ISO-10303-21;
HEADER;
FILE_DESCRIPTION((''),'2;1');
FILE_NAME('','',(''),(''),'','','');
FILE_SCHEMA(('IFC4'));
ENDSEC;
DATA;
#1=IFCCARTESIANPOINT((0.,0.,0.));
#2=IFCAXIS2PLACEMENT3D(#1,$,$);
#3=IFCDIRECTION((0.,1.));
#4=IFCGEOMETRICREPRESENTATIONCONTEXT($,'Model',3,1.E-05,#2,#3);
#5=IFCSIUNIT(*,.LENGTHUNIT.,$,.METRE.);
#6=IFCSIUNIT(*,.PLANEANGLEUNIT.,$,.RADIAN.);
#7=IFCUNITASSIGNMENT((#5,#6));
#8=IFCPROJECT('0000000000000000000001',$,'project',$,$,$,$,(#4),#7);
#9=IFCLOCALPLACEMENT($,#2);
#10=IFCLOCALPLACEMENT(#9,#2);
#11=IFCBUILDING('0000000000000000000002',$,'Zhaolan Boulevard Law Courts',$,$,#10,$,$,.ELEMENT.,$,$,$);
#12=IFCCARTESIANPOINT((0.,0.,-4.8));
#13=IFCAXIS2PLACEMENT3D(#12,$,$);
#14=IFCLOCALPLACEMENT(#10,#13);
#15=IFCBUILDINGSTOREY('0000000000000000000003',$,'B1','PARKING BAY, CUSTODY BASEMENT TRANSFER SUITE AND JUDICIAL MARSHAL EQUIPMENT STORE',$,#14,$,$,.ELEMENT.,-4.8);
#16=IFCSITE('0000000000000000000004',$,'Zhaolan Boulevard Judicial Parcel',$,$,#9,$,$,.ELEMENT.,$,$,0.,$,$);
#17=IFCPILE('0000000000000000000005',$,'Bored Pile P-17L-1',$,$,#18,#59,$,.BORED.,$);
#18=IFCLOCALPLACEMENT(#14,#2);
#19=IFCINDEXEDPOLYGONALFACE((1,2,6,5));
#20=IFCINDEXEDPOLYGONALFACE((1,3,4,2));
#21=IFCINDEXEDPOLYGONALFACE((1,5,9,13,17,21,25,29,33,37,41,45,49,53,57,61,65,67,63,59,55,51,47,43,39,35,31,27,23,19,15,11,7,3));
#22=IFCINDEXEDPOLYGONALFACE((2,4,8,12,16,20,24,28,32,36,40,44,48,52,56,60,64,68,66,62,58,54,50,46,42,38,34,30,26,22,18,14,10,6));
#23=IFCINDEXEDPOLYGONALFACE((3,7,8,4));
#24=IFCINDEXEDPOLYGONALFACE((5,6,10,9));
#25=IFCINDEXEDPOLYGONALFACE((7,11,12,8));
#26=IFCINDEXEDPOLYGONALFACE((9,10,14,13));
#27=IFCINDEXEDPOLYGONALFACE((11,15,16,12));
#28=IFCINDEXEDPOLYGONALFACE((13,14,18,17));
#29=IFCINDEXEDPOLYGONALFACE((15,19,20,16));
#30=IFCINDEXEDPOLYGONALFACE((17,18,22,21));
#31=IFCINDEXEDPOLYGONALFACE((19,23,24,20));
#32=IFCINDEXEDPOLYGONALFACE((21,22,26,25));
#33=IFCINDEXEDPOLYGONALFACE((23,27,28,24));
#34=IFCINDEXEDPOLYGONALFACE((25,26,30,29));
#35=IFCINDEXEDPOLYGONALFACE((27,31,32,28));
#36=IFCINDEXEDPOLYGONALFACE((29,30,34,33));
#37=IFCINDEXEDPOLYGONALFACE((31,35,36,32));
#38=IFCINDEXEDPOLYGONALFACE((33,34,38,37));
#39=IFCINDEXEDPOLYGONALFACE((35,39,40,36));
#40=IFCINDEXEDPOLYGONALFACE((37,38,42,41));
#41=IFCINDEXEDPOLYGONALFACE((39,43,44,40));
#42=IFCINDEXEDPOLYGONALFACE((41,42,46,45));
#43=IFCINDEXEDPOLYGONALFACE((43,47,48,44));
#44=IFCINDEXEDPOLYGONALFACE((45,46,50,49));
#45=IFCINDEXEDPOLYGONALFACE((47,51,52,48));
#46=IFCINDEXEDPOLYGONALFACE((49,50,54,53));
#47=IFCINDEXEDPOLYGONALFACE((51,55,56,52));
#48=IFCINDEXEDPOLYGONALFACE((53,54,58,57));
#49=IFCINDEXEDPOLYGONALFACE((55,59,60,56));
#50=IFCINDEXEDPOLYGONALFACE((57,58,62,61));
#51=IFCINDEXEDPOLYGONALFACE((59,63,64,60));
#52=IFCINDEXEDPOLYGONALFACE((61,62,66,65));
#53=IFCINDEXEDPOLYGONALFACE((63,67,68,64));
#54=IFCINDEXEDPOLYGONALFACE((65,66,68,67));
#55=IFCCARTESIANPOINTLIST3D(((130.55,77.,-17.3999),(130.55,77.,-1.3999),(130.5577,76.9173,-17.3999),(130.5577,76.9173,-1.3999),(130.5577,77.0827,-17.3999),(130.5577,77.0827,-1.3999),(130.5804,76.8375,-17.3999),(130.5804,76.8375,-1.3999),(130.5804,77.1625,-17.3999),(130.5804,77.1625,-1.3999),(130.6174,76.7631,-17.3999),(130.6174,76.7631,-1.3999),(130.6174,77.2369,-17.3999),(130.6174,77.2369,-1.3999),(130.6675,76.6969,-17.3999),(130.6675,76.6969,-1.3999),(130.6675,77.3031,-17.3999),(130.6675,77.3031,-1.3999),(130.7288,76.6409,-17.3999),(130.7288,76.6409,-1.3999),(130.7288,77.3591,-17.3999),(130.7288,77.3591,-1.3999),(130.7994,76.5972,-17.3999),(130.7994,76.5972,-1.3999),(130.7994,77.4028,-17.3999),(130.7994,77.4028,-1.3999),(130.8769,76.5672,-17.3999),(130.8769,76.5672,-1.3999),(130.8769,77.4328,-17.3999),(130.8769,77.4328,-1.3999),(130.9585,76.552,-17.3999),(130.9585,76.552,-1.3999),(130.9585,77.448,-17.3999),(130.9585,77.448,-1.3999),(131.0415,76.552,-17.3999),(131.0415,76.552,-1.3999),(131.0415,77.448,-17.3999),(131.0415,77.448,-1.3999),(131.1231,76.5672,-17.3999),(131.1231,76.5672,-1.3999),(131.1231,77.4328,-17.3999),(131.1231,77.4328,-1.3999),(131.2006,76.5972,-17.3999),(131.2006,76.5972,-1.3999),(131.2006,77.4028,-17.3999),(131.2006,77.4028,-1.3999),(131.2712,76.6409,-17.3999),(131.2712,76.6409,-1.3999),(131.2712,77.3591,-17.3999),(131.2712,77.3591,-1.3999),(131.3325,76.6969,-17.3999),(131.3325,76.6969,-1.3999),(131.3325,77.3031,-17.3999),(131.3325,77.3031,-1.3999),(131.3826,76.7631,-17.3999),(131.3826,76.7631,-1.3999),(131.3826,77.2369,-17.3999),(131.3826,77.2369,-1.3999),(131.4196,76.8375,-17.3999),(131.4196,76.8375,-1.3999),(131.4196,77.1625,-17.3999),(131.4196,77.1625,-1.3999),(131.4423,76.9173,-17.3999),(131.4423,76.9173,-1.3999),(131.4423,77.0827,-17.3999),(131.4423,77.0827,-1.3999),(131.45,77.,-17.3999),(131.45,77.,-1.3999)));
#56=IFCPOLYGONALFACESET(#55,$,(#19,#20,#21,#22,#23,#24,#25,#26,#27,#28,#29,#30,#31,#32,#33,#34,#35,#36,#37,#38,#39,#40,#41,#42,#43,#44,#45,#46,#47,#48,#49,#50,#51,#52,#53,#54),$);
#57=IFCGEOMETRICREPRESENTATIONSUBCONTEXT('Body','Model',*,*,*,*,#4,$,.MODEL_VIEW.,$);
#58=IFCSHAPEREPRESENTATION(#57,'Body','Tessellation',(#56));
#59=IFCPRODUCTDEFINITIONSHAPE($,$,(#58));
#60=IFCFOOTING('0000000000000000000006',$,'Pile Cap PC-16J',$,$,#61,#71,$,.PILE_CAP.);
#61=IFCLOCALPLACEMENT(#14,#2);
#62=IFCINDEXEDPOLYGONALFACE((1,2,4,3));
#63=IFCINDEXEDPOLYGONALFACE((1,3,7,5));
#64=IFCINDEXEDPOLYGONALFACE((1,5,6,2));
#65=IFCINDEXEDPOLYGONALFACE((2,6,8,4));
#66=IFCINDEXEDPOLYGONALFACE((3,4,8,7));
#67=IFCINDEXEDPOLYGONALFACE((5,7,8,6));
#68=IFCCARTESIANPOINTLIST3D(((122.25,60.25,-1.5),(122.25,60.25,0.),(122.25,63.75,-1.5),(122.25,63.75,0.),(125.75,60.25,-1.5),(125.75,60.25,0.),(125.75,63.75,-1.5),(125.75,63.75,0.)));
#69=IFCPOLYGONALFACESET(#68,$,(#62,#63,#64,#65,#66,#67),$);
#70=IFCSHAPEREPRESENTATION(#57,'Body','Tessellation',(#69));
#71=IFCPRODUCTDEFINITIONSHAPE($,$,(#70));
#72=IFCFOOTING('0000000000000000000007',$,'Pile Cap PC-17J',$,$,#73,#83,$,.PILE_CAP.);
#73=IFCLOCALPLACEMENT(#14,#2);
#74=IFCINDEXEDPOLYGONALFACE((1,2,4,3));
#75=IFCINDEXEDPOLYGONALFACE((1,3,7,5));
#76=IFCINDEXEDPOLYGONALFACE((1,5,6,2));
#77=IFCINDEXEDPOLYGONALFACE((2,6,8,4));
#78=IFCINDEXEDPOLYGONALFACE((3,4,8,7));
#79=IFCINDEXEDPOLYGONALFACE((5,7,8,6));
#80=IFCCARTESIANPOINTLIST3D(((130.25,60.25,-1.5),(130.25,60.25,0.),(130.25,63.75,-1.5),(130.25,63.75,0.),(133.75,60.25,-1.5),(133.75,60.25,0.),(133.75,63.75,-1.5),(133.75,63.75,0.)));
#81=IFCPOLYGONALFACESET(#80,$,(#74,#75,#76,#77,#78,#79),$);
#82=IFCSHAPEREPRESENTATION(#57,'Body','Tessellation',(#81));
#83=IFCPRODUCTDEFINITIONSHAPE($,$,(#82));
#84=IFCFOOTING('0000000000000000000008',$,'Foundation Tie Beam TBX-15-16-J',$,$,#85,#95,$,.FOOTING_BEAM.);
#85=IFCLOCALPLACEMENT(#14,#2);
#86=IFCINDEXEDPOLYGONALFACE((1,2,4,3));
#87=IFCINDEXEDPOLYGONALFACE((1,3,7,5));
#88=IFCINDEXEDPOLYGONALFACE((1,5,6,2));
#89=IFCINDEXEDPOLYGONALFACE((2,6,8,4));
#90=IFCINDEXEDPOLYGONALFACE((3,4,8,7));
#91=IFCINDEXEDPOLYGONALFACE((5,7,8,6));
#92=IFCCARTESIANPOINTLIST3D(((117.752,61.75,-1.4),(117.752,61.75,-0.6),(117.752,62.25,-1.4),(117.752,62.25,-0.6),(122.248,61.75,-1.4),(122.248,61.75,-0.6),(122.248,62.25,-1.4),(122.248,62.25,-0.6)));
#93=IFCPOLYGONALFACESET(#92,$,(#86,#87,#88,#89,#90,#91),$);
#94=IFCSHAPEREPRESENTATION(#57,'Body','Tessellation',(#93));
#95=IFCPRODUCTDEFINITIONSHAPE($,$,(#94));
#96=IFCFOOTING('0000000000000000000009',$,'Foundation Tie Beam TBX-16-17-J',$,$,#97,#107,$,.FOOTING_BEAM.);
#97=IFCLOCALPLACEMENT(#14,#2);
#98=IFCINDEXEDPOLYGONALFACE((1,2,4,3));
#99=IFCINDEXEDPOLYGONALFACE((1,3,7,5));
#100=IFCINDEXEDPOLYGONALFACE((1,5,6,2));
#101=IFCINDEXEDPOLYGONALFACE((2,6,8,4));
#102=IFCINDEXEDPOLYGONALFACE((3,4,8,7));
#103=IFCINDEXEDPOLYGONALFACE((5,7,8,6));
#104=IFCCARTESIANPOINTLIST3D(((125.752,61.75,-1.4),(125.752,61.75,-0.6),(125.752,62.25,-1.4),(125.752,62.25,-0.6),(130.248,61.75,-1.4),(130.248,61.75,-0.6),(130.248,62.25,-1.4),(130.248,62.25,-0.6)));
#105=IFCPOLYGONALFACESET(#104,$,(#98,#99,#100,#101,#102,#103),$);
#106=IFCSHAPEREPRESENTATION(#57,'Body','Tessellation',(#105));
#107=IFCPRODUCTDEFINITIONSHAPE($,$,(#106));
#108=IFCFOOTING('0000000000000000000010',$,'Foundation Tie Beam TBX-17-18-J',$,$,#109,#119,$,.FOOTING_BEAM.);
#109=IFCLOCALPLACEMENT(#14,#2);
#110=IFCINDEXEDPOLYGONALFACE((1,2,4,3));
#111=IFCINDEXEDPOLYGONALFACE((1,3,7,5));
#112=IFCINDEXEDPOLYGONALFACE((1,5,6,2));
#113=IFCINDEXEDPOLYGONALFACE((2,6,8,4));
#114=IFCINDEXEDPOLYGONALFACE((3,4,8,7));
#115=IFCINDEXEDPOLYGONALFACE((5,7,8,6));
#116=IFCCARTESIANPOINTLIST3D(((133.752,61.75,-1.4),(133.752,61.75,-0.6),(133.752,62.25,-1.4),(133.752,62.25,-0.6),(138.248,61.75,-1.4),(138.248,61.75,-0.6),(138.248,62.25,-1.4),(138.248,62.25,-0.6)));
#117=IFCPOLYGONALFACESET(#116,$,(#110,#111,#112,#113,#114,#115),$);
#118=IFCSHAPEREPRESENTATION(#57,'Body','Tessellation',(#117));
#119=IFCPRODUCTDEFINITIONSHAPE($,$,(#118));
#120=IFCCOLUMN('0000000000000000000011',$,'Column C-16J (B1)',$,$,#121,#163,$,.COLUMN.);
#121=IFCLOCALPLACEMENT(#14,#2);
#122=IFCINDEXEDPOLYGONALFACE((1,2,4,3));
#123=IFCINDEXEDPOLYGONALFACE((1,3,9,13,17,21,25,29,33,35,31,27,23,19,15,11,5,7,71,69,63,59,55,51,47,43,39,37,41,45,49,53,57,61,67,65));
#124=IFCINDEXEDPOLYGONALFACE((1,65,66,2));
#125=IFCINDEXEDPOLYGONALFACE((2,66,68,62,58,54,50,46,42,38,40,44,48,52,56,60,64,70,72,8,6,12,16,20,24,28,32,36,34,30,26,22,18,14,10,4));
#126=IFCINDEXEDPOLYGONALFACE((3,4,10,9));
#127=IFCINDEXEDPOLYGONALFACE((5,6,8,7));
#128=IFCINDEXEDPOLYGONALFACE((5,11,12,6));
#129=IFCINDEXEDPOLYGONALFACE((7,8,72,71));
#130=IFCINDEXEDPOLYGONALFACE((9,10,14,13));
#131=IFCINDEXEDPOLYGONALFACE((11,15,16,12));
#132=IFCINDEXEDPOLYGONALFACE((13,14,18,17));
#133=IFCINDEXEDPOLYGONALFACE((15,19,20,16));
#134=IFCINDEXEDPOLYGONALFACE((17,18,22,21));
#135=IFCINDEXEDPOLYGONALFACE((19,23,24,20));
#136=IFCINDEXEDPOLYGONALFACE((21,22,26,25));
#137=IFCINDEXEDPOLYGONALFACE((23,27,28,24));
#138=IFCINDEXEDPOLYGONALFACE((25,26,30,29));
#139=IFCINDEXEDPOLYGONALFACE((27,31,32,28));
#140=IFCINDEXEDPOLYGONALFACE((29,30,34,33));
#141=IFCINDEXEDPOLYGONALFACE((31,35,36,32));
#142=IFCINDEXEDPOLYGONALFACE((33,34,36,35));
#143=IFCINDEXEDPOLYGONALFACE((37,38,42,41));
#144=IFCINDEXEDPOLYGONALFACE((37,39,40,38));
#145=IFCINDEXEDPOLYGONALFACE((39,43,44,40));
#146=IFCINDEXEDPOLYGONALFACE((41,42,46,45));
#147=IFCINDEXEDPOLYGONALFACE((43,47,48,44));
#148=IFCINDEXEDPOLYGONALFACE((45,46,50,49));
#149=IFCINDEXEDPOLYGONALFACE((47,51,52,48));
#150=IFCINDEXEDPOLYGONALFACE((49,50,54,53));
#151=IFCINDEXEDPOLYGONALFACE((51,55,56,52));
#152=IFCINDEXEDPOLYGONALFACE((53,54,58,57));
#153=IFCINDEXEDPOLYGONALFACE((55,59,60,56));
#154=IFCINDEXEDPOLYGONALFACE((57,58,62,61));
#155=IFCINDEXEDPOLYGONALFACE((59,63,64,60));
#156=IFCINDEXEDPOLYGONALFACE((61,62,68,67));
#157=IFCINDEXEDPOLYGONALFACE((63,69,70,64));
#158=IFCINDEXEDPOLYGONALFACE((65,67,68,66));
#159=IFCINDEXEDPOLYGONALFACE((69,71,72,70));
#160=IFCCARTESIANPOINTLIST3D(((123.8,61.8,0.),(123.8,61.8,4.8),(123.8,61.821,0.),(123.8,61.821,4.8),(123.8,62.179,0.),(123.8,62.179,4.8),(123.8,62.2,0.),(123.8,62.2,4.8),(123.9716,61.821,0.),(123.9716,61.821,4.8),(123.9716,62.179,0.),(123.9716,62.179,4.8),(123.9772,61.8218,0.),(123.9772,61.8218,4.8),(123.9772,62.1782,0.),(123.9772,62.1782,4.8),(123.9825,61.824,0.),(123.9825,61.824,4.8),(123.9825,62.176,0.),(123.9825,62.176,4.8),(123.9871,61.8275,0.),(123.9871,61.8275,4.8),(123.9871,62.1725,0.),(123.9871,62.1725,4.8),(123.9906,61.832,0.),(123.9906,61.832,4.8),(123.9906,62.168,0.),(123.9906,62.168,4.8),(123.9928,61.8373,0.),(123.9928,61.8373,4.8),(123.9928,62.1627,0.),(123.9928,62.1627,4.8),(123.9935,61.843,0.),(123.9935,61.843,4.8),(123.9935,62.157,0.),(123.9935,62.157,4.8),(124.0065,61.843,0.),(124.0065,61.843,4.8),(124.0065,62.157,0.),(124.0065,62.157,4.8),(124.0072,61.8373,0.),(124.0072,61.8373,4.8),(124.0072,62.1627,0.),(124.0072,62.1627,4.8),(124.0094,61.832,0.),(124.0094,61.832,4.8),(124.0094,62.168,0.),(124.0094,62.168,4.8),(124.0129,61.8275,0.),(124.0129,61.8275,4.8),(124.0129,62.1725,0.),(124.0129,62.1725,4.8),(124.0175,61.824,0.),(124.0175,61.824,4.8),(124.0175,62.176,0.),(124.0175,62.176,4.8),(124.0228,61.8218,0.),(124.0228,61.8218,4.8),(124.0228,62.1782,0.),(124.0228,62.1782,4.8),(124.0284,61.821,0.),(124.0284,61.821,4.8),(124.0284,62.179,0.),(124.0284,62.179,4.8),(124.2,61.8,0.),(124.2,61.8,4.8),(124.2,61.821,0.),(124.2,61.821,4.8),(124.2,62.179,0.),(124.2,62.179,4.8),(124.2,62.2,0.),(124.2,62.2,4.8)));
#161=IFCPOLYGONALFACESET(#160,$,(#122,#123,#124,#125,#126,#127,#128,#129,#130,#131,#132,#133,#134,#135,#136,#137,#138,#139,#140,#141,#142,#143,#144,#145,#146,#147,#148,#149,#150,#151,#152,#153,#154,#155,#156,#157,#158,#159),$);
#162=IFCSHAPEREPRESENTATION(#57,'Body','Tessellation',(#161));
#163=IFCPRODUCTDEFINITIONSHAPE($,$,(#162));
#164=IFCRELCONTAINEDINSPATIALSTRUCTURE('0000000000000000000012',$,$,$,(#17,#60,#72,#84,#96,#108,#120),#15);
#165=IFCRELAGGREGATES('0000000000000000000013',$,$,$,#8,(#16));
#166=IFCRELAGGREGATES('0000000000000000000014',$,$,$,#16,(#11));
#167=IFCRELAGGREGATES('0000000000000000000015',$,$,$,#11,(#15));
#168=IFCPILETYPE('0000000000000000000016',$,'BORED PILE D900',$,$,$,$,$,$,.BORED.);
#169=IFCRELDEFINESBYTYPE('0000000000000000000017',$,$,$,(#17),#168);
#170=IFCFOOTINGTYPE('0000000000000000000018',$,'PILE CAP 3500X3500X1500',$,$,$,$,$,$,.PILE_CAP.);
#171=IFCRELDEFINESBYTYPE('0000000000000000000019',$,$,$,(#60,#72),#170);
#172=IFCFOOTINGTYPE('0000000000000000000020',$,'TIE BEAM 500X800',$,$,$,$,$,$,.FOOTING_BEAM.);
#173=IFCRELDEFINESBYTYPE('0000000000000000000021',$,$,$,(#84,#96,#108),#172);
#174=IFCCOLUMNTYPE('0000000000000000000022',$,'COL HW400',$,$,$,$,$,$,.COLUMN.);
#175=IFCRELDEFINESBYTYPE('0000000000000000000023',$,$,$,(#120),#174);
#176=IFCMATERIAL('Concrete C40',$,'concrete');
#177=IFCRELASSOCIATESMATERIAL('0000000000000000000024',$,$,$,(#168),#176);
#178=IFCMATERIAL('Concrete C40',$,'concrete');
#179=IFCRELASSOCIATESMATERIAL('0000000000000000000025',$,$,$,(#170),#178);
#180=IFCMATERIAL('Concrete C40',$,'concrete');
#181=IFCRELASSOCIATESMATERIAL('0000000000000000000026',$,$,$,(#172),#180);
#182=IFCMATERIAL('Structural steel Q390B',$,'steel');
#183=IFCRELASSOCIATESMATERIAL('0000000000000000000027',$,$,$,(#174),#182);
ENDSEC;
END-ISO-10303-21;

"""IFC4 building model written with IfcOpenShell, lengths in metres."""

from ifc_helpers import new_model, si_unit, direction, frame, origin, origin_2d, place, context, subcontext, project, spatial, rectangle, circle, i_section, extrude, material, material_profile, profile_set, type_object, element, save


model = new_model("IFC4")

# Units and contexts
model_context = context("Model", 3, precision=1e-05, world=origin(), true_north=direction((0.0, 1.0)))
body_context = subcontext(model_context, "Body", "Model", "MODEL_VIEW")
ifc_project = project(units=[si_unit("LENGTHUNIT", "METRE"), si_unit("PLANEANGLEUNIT", "RADIAN")], contexts=[model_context])

# Site, building, storey
site_placement = place(None, origin())
site = spatial("IfcSite", under=ifc_project, at=site_placement, Name="Zhaolan Boulevard Judicial Parcel", CompositionType="ELEMENT", RefElevation=0.0)
building_placement = place(site_placement, origin())
building = spatial("IfcBuilding", under=site, at=building_placement, Name="Zhaolan Boulevard Law Courts", CompositionType="ELEMENT")
storey_placement = place(building_placement, frame((0.0, 0.0, -4.8)))
storey = spatial("IfcBuildingStorey", under=building, at=storey_placement, Name="B1", Description="PARKING BAY, CUSTODY BASEMENT TRANSFER SUITE AND JUDICIAL MARSHAL EQUIPMENT STORE", CompositionType="ELEMENT", Elevation=-4.8)

# Pile
ifc_material_1 = material(Name="Concrete C40", Category="concrete")
ifc_material_profile_1 = material_profile(ifc_material_1, circle(Radius=0.45, at=origin_2d()), Name="PILE-D900")
ifc_profile_set_1 = profile_set([ifc_material_profile_1], Name="Concrete C40")
pile_type = type_object("IfcPileType", Name="BORED PILE D900", PredefinedType="BORED", material=ifc_profile_set_1)
for number, where, z_axis, x_axis, name in (
    (1, (131.0, 77.0, -1.3999), (0.0, 0.0, -1.0), (1.0, 0.0, 0.0), "Bored Pile P-17L-1"),
):
    element("IfcPile", number, at=place(storey_placement, frame(where, z_axis=z_axis, x_axis=x_axis)), inside=storey, type_object=pile_type, Name=name, PredefinedType="BORED", context=body_context, shape_type="SweptSolid", body=[
        extrude(circle(Radius=0.45, at=origin_2d()), origin(), (0.0, 0.0, 1.0), 16.0),
    ])

# Footings
ifc_material_2 = material(Name="Concrete C40", Category="concrete")
footing_type_1 = type_object("IfcFootingType", Name="PILE CAP 3500X3500X1500", PredefinedType="PILE_CAP", material=ifc_material_2)
for number, where, z_axis, x_axis, name in (
    (2, (124.0, 62.0, -1.5), (0.0, 0.0, 1.0), (1.0, 0.0, 0.0), "Pile Cap PC-16J"),
    (3, (132.0, 62.0, -1.5), (0.0, 0.0, 1.0), (1.0, 0.0, 0.0), "Pile Cap PC-17J"),
):
    element("IfcFooting", number, at=place(storey_placement, frame(where, z_axis=z_axis, x_axis=x_axis)), inside=storey, type_object=footing_type_1, Name=name, PredefinedType="PILE_CAP", context=body_context, shape_type="SweptSolid", body=[
        extrude(rectangle(XDim=3.5, YDim=3.5, at=origin_2d()), origin(), (0.0, 0.0, 1.0), 1.5),
    ])
ifc_material_3 = material(Name="Concrete C40", Category="concrete")
ifc_material_profile_2 = material_profile(ifc_material_3, rectangle(XDim=0.5, YDim=0.8, at=origin_2d()), Name="RC500x800")
ifc_profile_set_2 = profile_set([ifc_material_profile_2], Name="Concrete C40")
footing_type_2 = type_object("IfcFootingType", Name="TIE BEAM 500X800", PredefinedType="FOOTING_BEAM", material=ifc_profile_set_2)
for number, where, z_axis, x_axis, name in (
    (4, (117.752, 62.0, -1.0), (1.0, 0.0, 0.0), (0.0, 1.0, 0.0), "Foundation Tie Beam TBX-15-16-J"),
    (5, (125.752, 62.0, -1.0), (1.0, 0.0, 0.0), (0.0, 1.0, 0.0), "Foundation Tie Beam TBX-16-17-J"),
    (6, (133.752, 62.0, -1.0), (1.0, 0.0, 0.0), (0.0, 1.0, 0.0), "Foundation Tie Beam TBX-17-18-J"),
):
    element("IfcFooting", number, at=place(storey_placement, frame(where, z_axis=z_axis, x_axis=x_axis)), inside=storey, type_object=footing_type_2, Name=name, PredefinedType="FOOTING_BEAM", context=body_context, shape_type="SweptSolid", body=[
        extrude(rectangle(XDim=0.5, YDim=0.8, at=origin_2d()), origin(), (0.0, 0.0, 1.0), 4.4961),
    ])

# Column
ifc_material_4 = material(Name="Structural steel Q390B", Category="steel")
ifc_material_profile_3 = material_profile(ifc_material_4, i_section(OverallWidth=0.3999, OverallDepth=0.3999, WebThickness=0.0129, FlangeThickness=0.021, FilletRadius=0.022, at=origin_2d()), Name="HW400x400")
ifc_profile_set_3 = profile_set([ifc_material_profile_3], Name="Structural steel Q390B")
column_type = type_object("IfcColumnType", Name="COL HW400", PredefinedType="COLUMN", material=ifc_profile_set_3)
for number, where, z_axis, x_axis, name in (
    (7, (124.0, 62.0, 0.0), (0.0, 0.0, 1.0), (1.0, 0.0, 0.0), "Column C-16J (B1)"),
):
    element("IfcColumn", number, at=place(storey_placement, frame(where, z_axis=z_axis, x_axis=x_axis)), inside=storey, type_object=column_type, Name=name, PredefinedType="COLUMN", context=body_context, shape_type="SweptSolid", body=[
        extrude(i_section(OverallWidth=0.3999, OverallDepth=0.3999, WebThickness=0.0129, FlangeThickness=0.021, FilletRadius=0.022, at=origin_2d()), origin(), (0.0, 0.0, 1.0), 4.8),
    ])

save(model, "model.ifc")
